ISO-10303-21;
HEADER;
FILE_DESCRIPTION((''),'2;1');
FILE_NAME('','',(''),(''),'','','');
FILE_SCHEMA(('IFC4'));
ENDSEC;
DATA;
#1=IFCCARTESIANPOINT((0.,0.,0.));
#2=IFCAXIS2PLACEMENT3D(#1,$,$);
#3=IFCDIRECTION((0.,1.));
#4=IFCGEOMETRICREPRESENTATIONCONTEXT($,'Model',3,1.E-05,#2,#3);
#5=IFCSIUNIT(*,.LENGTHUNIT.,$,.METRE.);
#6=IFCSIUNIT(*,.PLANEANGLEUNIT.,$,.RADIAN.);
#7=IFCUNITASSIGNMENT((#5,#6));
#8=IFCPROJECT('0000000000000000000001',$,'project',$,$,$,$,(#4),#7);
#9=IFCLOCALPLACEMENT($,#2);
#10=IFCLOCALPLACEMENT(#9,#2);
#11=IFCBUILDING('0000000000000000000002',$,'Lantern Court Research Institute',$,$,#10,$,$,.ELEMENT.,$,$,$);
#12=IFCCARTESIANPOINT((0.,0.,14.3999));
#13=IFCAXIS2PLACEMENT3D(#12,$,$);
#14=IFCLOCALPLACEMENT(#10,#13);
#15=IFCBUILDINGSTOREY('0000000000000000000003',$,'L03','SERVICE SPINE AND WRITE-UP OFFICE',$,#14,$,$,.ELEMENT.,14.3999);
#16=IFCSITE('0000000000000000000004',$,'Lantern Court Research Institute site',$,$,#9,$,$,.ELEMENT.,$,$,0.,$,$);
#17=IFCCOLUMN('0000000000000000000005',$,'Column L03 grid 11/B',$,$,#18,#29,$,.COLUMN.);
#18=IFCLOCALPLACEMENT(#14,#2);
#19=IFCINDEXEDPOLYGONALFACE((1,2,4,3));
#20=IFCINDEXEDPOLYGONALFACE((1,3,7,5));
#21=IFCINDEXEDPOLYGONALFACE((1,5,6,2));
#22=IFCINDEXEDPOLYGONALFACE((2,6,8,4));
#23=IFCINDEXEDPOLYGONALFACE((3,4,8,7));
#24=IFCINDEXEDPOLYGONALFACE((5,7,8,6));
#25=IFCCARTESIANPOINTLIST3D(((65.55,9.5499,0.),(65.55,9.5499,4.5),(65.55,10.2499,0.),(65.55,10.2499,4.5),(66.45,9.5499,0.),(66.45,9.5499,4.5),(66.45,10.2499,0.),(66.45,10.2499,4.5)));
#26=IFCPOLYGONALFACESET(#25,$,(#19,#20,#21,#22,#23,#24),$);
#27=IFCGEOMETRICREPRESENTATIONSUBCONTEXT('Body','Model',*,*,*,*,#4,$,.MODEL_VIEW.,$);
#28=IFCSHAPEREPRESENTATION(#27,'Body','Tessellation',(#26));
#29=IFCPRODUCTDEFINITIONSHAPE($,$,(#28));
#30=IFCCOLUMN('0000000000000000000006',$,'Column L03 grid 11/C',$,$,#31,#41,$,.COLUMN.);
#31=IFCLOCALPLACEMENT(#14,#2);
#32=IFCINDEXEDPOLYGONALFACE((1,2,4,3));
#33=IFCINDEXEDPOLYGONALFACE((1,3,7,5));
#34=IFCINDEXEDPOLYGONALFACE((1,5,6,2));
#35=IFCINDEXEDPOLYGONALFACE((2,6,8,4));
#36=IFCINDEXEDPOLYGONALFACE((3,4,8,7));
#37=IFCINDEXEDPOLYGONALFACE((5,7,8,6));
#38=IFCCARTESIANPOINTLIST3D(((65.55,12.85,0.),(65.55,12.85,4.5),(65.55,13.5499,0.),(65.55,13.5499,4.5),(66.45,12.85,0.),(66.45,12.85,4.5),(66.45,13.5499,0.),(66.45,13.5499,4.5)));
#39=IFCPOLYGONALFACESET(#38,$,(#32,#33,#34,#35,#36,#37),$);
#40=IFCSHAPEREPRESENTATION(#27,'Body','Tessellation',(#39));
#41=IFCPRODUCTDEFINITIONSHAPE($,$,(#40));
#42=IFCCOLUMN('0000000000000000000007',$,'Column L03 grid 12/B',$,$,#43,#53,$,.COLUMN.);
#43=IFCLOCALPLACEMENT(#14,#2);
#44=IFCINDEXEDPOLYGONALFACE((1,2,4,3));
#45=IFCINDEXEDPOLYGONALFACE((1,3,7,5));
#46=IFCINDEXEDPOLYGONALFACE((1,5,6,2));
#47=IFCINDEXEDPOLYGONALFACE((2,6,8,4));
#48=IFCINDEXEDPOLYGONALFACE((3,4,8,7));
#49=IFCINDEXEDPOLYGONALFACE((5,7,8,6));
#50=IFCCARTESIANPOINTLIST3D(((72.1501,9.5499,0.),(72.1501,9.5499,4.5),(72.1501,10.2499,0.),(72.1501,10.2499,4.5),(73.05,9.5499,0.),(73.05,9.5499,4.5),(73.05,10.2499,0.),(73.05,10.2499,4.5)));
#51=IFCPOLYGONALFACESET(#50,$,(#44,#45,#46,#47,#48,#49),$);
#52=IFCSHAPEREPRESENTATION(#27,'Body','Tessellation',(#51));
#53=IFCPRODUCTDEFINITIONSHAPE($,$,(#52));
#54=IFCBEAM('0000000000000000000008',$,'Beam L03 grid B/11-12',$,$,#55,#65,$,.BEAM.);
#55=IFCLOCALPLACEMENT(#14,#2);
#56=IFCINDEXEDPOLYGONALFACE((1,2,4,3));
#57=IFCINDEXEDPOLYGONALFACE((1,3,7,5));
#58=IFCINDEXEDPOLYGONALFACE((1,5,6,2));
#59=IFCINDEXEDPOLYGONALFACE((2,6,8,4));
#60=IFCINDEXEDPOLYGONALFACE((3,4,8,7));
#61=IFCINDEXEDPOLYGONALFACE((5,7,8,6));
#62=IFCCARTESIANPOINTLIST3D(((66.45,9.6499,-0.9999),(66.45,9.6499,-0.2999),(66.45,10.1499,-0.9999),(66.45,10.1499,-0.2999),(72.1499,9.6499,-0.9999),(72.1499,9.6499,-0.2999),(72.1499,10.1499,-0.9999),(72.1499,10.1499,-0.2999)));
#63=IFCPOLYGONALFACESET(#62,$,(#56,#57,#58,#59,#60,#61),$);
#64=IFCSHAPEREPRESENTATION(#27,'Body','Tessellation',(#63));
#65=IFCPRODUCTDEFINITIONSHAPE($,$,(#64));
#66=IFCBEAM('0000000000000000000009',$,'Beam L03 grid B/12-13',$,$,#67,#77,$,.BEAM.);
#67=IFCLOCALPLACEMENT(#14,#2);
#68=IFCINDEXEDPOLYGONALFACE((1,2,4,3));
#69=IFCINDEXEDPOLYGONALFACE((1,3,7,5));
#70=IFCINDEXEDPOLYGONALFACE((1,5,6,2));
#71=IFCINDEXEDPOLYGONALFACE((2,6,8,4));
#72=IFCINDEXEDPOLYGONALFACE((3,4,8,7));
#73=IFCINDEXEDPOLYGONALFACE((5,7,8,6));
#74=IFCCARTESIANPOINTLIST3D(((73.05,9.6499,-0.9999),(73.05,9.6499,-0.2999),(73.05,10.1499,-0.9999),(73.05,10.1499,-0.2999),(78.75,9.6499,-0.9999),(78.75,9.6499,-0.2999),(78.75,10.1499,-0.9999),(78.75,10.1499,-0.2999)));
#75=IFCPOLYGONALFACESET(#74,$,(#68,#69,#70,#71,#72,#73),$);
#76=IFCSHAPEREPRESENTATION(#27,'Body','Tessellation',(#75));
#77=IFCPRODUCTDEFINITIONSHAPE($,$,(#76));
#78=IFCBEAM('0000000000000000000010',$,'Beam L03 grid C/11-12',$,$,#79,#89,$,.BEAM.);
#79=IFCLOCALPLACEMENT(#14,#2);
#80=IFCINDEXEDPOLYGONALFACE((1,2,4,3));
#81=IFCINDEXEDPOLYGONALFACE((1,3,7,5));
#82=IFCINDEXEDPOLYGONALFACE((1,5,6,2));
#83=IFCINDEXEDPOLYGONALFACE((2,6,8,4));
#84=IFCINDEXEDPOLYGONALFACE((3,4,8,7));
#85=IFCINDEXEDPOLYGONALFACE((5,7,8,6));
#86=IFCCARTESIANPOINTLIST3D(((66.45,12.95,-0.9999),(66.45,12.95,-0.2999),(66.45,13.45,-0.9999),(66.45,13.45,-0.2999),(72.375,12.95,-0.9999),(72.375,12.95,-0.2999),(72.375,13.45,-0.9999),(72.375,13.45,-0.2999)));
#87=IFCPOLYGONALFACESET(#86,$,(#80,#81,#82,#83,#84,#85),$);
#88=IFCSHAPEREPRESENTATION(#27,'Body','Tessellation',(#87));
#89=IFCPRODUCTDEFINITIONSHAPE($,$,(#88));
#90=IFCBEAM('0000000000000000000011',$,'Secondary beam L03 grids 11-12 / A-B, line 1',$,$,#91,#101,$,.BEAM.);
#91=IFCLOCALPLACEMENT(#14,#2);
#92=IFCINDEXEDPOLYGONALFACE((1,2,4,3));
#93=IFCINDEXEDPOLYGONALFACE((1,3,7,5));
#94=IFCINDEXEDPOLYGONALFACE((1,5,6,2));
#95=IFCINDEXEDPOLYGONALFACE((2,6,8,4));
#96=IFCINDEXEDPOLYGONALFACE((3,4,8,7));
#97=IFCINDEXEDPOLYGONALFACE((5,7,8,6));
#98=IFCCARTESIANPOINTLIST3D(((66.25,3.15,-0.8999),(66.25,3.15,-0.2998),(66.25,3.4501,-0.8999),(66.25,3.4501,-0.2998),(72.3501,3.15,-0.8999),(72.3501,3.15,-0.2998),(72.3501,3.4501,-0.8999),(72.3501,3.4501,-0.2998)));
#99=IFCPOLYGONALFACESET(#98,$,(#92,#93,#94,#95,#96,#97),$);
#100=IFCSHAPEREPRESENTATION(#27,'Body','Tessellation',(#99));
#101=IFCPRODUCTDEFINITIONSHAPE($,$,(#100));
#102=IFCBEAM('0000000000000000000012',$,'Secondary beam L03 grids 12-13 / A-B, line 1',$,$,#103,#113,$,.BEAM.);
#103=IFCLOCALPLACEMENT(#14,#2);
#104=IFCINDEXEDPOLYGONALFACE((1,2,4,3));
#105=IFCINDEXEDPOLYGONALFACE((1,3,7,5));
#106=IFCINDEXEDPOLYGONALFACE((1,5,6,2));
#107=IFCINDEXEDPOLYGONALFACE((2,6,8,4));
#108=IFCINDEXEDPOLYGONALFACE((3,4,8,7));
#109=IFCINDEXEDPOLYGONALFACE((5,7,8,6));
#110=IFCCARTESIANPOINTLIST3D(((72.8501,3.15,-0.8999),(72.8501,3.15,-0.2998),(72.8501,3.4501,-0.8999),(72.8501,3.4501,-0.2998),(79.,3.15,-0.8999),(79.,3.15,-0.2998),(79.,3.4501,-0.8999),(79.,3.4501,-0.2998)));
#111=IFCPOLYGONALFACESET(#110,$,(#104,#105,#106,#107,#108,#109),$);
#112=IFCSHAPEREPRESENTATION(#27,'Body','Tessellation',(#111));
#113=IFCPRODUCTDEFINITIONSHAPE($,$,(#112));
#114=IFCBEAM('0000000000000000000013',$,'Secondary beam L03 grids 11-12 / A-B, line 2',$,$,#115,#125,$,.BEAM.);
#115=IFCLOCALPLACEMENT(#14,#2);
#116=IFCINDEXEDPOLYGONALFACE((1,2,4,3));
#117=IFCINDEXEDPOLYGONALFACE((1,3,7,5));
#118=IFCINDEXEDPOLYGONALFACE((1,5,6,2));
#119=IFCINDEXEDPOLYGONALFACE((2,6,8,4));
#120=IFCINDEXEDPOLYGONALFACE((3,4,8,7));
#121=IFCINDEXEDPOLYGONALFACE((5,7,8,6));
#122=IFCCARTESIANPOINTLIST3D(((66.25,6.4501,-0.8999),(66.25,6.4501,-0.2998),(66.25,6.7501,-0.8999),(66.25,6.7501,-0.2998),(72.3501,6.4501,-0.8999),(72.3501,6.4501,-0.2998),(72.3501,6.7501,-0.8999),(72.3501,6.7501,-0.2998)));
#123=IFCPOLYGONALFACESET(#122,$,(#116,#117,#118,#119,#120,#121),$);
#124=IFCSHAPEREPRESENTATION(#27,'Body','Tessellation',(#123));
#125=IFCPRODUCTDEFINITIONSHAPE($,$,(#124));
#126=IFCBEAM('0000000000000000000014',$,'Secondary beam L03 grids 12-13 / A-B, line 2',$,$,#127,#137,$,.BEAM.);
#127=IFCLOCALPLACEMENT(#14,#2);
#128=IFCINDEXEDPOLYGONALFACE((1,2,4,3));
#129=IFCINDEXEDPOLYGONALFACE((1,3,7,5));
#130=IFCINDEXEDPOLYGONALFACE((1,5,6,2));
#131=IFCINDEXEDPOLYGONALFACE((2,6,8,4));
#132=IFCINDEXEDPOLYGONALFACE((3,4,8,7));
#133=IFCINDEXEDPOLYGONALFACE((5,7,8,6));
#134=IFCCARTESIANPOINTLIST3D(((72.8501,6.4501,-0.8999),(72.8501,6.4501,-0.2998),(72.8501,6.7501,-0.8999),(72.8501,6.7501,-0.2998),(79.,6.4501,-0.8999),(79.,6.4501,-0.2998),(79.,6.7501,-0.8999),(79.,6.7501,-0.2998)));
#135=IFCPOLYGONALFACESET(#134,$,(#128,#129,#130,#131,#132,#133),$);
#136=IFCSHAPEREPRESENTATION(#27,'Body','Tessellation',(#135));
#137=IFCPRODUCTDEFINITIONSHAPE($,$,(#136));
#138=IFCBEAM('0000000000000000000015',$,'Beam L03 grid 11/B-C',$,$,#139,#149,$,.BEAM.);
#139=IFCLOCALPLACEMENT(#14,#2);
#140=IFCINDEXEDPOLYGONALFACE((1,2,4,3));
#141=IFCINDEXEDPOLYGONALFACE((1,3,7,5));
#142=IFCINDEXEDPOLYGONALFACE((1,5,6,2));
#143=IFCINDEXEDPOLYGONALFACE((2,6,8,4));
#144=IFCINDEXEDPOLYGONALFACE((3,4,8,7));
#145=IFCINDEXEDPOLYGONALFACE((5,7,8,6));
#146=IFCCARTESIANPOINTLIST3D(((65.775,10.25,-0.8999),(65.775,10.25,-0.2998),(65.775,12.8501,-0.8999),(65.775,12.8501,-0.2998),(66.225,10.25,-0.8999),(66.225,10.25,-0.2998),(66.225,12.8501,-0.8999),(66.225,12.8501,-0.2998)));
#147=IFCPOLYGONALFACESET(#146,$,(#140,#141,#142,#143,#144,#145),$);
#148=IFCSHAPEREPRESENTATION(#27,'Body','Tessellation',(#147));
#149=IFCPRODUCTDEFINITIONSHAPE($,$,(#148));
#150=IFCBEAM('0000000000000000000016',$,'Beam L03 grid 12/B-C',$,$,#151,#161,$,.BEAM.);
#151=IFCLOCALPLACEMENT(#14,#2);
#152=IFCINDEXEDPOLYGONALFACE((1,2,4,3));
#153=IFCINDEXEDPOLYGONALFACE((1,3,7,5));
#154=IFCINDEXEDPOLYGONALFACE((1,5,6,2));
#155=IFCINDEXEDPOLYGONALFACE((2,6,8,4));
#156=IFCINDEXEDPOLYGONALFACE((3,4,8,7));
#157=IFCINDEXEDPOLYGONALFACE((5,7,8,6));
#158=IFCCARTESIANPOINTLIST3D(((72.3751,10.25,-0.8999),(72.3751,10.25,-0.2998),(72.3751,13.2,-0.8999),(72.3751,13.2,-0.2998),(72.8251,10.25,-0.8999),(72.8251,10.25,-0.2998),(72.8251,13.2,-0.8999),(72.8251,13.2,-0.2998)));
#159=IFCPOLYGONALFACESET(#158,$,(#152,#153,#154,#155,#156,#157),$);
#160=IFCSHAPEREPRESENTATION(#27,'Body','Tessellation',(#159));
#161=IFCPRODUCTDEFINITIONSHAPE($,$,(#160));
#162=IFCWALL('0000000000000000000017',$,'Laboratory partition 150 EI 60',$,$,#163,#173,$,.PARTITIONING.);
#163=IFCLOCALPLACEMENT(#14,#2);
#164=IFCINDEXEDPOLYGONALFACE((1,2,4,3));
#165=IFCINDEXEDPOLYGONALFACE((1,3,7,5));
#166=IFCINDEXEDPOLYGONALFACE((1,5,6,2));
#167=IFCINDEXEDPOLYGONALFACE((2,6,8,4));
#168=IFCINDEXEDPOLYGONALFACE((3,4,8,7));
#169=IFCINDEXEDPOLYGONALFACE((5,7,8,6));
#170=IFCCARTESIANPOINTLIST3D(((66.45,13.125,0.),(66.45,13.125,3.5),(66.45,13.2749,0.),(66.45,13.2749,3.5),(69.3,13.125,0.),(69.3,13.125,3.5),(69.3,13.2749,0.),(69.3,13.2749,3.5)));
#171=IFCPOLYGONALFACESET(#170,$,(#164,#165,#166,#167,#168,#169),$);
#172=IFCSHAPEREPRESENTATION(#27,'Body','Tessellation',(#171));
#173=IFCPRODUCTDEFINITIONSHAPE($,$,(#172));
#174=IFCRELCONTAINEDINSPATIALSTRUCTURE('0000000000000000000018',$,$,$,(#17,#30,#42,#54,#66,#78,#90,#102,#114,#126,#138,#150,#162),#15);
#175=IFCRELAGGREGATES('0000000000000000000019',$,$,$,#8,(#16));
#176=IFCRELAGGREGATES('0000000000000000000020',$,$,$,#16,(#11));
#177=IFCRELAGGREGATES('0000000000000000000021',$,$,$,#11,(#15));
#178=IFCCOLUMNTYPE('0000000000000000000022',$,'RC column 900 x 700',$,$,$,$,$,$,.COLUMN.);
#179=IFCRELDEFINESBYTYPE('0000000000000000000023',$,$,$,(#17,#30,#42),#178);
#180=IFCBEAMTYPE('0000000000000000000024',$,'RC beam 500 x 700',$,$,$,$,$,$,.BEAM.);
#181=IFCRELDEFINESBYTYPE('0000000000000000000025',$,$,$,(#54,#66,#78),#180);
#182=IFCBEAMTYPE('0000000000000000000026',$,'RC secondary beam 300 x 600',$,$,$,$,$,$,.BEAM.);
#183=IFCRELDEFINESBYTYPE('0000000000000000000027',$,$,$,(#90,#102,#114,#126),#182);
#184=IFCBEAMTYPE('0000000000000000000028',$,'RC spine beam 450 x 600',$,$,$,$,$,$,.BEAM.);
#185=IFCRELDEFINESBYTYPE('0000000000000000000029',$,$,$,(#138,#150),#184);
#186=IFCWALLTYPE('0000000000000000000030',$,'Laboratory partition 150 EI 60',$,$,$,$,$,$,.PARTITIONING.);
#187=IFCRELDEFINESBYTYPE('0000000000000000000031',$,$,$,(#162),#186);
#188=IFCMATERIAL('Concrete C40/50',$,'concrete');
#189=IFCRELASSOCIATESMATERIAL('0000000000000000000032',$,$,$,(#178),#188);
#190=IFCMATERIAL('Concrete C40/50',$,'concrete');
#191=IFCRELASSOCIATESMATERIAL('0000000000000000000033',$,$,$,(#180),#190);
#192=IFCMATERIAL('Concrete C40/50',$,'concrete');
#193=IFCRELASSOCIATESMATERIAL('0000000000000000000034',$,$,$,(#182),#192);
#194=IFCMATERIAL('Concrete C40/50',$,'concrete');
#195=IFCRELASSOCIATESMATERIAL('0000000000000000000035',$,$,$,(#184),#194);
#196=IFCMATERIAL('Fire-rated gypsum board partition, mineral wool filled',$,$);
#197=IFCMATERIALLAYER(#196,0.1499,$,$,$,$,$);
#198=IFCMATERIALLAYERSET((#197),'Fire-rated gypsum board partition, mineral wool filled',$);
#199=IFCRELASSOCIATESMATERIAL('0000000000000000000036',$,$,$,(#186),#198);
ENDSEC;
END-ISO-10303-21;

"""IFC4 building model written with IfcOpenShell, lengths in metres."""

from ifc_helpers import new_model, si_unit, direction, frame, frame_2d, origin, origin_2d, place, context, subcontext, project, spatial, rectangle, extrude, material, layer, layer_set, material_profile, profile_set, type_object, element, save


model = new_model("IFC4")

# Units and contexts
model_context = context("Model", 3, precision=1e-05, world=origin(), true_north=direction((0.0, 1.0)))
body_context = subcontext(model_context, "Body", "Model", "MODEL_VIEW")
ifc_project = project(units=[si_unit("LENGTHUNIT", "METRE"), si_unit("PLANEANGLEUNIT", "RADIAN")], contexts=[model_context])

# Site, building, storey
site_placement = place(None, origin())
site = spatial("IfcSite", under=ifc_project, at=site_placement, Name="Lantern Court Research Institute site", CompositionType="ELEMENT", RefElevation=0.0)
building_placement = place(site_placement, origin())
building = spatial("IfcBuilding", under=site, at=building_placement, Name="Lantern Court Research Institute", CompositionType="ELEMENT")
storey_placement = place(building_placement, frame((0.0, 0.0, 14.3999)))
storey = spatial("IfcBuildingStorey", under=building, at=storey_placement, Name="L03", Description="SERVICE SPINE AND WRITE-UP OFFICE", CompositionType="ELEMENT", Elevation=14.3999)

# Columns
ifc_material_1 = material(Name="Concrete C40/50", Category="concrete")
ifc_material_profile_1 = material_profile(ifc_material_1, rectangle(XDim=0.8999, YDim=0.7, at=origin_2d()), Name="RC column 900 x 700")
ifc_profile_set_1 = profile_set([ifc_material_profile_1], Name="Concrete C40/50")
column_type = type_object("IfcColumnType", Name="RC column 900 x 700", PredefinedType="COLUMN", material=ifc_profile_set_1)
for number, where, z_axis, x_axis, name in (
    (1, (66.0, 9.8999, 0.0), (0.0, 0.0, 1.0), (1.0, 0.0, 0.0), "Column L03 grid 11/B"),
    (2, (66.0, 13.2, 0.0), (0.0, 0.0, 1.0), (1.0, 0.0, 0.0), "Column L03 grid 11/C"),
    (3, (72.6001, 9.8999, 0.0), (0.0, 0.0, 1.0), (1.0, 0.0, 0.0), "Column L03 grid 12/B"),
):
    element("IfcColumn", number, at=place(storey_placement, frame(where, z_axis=z_axis, x_axis=x_axis)), inside=storey, type_object=column_type, Name=name, PredefinedType="COLUMN", context=body_context, shape_type="SweptSolid", body=[
        extrude(rectangle(XDim=0.8999, YDim=0.7, at=origin_2d()), origin(), (0.0, 0.0, 1.0), 4.5),
    ])

# Beams
ifc_material_2 = material(Name="Concrete C40/50", Category="concrete")
ifc_material_profile_2 = material_profile(ifc_material_2, rectangle(XDim=0.5, YDim=0.7, at=origin_2d()), Name="RC beam 500 x 700")
ifc_profile_set_2 = profile_set([ifc_material_profile_2], Name="Concrete C40/50")
beam_type_1 = type_object("IfcBeamType", Name="RC beam 500 x 700", PredefinedType="BEAM", material=ifc_profile_set_2)
for number, where, z_axis, x_axis, name in (
    (4, (66.45, 9.8999, -0.6499), (1.0, 0.0, 0.0), (0.0, 1.0, 0.0), "Beam L03 grid B/11-12"),
    (5, (73.05, 9.8999, -0.6499), (1.0, 0.0, 0.0), (0.0, 1.0, 0.0), "Beam L03 grid B/12-13"),
):
    element("IfcBeam", number, at=place(storey_placement, frame(where, z_axis=z_axis, x_axis=x_axis)), inside=storey, type_object=beam_type_1, Name=name, PredefinedType="BEAM", context=body_context, shape_type="SweptSolid", body=[
        extrude(rectangle(XDim=0.5, YDim=0.7, at=origin_2d()), origin(), (0.0, 0.0, 1.0), 5.7),
    ])
beam_1_placement = place(storey_placement, frame((66.45, 13.2, -0.6499), z_axis=(1.0, 0.0, 0.0), x_axis=(0.0, 1.0, 0.0)))
element("IfcBeam", 6, at=beam_1_placement, inside=storey, type_object=beam_type_1, Name="Beam L03 grid C/11-12", PredefinedType="BEAM", context=body_context, shape_type="SweptSolid", body=[
    extrude(rectangle(XDim=0.5, YDim=0.7, at=origin_2d()), origin(), (0.0, 0.0, 1.0), 5.925),
])
ifc_material_3 = material(Name="Concrete C40/50", Category="concrete")
ifc_material_profile_3 = material_profile(ifc_material_3, rectangle(XDim=0.3, YDim=0.6001, at=origin_2d()), Name="RC beam 300 x 600")
ifc_profile_set_3 = profile_set([ifc_material_profile_3], Name="Concrete C40/50")
beam_type_2 = type_object("IfcBeamType", Name="RC secondary beam 300 x 600", PredefinedType="BEAM", material=ifc_profile_set_3)
beam_2_placement = place(storey_placement, frame((66.25, 3.3, -0.5999), z_axis=(1.0, 0.0, 0.0), x_axis=(0.0, 1.0, 0.0)))
element("IfcBeam", 7, at=beam_2_placement, inside=storey, type_object=beam_type_2, Name="Secondary beam L03 grids 11-12 / A-B, line 1", PredefinedType="BEAM", context=body_context, shape_type="SweptSolid", body=[
    extrude(rectangle(XDim=0.3, YDim=0.6001, at=origin_2d()), origin(), (0.0, 0.0, 1.0), 6.1001),
])
beam_3_placement = place(storey_placement, frame((72.8501, 3.3, -0.5999), z_axis=(1.0, 0.0, 0.0), x_axis=(0.0, 1.0, 0.0)))
element("IfcBeam", 8, at=beam_3_placement, inside=storey, type_object=beam_type_2, Name="Secondary beam L03 grids 12-13 / A-B, line 1", PredefinedType="BEAM", context=body_context, shape_type="SweptSolid", body=[
    extrude(rectangle(XDim=0.3, YDim=0.6001, at=origin_2d()), origin(), (0.0, 0.0, 1.0), 6.1499),
])
beam_4_placement = place(storey_placement, frame((66.25, 6.6001, -0.5999), z_axis=(1.0, 0.0, 0.0), x_axis=(0.0, 1.0, 0.0)))
element("IfcBeam", 9, at=beam_4_placement, inside=storey, type_object=beam_type_2, Name="Secondary beam L03 grids 11-12 / A-B, line 2", PredefinedType="BEAM", context=body_context, shape_type="SweptSolid", body=[
    extrude(rectangle(XDim=0.3, YDim=0.6001, at=origin_2d()), origin(), (0.0, 0.0, 1.0), 6.1001),
])
beam_5_placement = place(storey_placement, frame((72.8501, 6.6001, -0.5999), z_axis=(1.0, 0.0, 0.0), x_axis=(0.0, 1.0, 0.0)))
element("IfcBeam", 10, at=beam_5_placement, inside=storey, type_object=beam_type_2, Name="Secondary beam L03 grids 12-13 / A-B, line 2", PredefinedType="BEAM", context=body_context, shape_type="SweptSolid", body=[
    extrude(rectangle(XDim=0.3, YDim=0.6001, at=origin_2d()), origin(), (0.0, 0.0, 1.0), 6.1499),
])
ifc_material_4 = material(Name="Concrete C40/50", Category="concrete")
ifc_material_profile_4 = material_profile(ifc_material_4, rectangle(XDim=0.45, YDim=0.6001, at=origin_2d()), Name="RC beam 450 x 600")
ifc_profile_set_4 = profile_set([ifc_material_profile_4], Name="Concrete C40/50")
beam_type_3 = type_object("IfcBeamType", Name="RC spine beam 450 x 600", PredefinedType="BEAM", material=ifc_profile_set_4)
beam_6_placement = place(storey_placement, frame((66.0, 10.25, -0.5999), z_axis=(0.0, 1.0, 0.0), x_axis=(-1.0, 0.0, 0.0)))
element("IfcBeam", 11, at=beam_6_placement, inside=storey, type_object=beam_type_3, Name="Beam L03 grid 11/B-C", PredefinedType="BEAM", context=body_context, shape_type="SweptSolid", body=[
    extrude(rectangle(XDim=0.45, YDim=0.6001, at=origin_2d()), origin(), (0.0, 0.0, 1.0), 2.6001),
])
beam_7_placement = place(storey_placement, frame((72.6001, 10.25, -0.5999), z_axis=(0.0, 1.0, 0.0), x_axis=(-1.0, 0.0, 0.0)))
element("IfcBeam", 12, at=beam_7_placement, inside=storey, type_object=beam_type_3, Name="Beam L03 grid 12/B-C", PredefinedType="BEAM", context=body_context, shape_type="SweptSolid", body=[
    extrude(rectangle(XDim=0.45, YDim=0.6001, at=origin_2d()), origin(), (0.0, 0.0, 1.0), 2.95),
])

# Wall
ifc_material_5 = material(Name="Fire-rated gypsum board partition, mineral wool filled")
ifc_layer_1 = layer(ifc_material_5, 0.1499)
ifc_layer_set_1 = layer_set([ifc_layer_1], Name="Fire-rated gypsum board partition, mineral wool filled")
wall_type = type_object("IfcWallType", Name="Laboratory partition 150 EI 60", PredefinedType="PARTITIONING", material=ifc_layer_set_1)
wall_1_placement = place(storey_placement, frame((69.3, 13.2, 0.0), z_axis=(0.0, 0.0, 1.0), x_axis=(-1.0, 0.0, 0.0)))
element("IfcWall", 13, at=wall_1_placement, inside=storey, type_object=wall_type, Name="Laboratory partition 150 EI 60", PredefinedType="PARTITIONING", context=body_context, shape_type="SweptSolid", body=[
    extrude(rectangle(XDim=2.8501, YDim=0.1499, at=frame_2d((1.425, 0.0))), origin(), (0.0, 0.0, 1.0), 3.5),
])

save(model, "model.ifc")
